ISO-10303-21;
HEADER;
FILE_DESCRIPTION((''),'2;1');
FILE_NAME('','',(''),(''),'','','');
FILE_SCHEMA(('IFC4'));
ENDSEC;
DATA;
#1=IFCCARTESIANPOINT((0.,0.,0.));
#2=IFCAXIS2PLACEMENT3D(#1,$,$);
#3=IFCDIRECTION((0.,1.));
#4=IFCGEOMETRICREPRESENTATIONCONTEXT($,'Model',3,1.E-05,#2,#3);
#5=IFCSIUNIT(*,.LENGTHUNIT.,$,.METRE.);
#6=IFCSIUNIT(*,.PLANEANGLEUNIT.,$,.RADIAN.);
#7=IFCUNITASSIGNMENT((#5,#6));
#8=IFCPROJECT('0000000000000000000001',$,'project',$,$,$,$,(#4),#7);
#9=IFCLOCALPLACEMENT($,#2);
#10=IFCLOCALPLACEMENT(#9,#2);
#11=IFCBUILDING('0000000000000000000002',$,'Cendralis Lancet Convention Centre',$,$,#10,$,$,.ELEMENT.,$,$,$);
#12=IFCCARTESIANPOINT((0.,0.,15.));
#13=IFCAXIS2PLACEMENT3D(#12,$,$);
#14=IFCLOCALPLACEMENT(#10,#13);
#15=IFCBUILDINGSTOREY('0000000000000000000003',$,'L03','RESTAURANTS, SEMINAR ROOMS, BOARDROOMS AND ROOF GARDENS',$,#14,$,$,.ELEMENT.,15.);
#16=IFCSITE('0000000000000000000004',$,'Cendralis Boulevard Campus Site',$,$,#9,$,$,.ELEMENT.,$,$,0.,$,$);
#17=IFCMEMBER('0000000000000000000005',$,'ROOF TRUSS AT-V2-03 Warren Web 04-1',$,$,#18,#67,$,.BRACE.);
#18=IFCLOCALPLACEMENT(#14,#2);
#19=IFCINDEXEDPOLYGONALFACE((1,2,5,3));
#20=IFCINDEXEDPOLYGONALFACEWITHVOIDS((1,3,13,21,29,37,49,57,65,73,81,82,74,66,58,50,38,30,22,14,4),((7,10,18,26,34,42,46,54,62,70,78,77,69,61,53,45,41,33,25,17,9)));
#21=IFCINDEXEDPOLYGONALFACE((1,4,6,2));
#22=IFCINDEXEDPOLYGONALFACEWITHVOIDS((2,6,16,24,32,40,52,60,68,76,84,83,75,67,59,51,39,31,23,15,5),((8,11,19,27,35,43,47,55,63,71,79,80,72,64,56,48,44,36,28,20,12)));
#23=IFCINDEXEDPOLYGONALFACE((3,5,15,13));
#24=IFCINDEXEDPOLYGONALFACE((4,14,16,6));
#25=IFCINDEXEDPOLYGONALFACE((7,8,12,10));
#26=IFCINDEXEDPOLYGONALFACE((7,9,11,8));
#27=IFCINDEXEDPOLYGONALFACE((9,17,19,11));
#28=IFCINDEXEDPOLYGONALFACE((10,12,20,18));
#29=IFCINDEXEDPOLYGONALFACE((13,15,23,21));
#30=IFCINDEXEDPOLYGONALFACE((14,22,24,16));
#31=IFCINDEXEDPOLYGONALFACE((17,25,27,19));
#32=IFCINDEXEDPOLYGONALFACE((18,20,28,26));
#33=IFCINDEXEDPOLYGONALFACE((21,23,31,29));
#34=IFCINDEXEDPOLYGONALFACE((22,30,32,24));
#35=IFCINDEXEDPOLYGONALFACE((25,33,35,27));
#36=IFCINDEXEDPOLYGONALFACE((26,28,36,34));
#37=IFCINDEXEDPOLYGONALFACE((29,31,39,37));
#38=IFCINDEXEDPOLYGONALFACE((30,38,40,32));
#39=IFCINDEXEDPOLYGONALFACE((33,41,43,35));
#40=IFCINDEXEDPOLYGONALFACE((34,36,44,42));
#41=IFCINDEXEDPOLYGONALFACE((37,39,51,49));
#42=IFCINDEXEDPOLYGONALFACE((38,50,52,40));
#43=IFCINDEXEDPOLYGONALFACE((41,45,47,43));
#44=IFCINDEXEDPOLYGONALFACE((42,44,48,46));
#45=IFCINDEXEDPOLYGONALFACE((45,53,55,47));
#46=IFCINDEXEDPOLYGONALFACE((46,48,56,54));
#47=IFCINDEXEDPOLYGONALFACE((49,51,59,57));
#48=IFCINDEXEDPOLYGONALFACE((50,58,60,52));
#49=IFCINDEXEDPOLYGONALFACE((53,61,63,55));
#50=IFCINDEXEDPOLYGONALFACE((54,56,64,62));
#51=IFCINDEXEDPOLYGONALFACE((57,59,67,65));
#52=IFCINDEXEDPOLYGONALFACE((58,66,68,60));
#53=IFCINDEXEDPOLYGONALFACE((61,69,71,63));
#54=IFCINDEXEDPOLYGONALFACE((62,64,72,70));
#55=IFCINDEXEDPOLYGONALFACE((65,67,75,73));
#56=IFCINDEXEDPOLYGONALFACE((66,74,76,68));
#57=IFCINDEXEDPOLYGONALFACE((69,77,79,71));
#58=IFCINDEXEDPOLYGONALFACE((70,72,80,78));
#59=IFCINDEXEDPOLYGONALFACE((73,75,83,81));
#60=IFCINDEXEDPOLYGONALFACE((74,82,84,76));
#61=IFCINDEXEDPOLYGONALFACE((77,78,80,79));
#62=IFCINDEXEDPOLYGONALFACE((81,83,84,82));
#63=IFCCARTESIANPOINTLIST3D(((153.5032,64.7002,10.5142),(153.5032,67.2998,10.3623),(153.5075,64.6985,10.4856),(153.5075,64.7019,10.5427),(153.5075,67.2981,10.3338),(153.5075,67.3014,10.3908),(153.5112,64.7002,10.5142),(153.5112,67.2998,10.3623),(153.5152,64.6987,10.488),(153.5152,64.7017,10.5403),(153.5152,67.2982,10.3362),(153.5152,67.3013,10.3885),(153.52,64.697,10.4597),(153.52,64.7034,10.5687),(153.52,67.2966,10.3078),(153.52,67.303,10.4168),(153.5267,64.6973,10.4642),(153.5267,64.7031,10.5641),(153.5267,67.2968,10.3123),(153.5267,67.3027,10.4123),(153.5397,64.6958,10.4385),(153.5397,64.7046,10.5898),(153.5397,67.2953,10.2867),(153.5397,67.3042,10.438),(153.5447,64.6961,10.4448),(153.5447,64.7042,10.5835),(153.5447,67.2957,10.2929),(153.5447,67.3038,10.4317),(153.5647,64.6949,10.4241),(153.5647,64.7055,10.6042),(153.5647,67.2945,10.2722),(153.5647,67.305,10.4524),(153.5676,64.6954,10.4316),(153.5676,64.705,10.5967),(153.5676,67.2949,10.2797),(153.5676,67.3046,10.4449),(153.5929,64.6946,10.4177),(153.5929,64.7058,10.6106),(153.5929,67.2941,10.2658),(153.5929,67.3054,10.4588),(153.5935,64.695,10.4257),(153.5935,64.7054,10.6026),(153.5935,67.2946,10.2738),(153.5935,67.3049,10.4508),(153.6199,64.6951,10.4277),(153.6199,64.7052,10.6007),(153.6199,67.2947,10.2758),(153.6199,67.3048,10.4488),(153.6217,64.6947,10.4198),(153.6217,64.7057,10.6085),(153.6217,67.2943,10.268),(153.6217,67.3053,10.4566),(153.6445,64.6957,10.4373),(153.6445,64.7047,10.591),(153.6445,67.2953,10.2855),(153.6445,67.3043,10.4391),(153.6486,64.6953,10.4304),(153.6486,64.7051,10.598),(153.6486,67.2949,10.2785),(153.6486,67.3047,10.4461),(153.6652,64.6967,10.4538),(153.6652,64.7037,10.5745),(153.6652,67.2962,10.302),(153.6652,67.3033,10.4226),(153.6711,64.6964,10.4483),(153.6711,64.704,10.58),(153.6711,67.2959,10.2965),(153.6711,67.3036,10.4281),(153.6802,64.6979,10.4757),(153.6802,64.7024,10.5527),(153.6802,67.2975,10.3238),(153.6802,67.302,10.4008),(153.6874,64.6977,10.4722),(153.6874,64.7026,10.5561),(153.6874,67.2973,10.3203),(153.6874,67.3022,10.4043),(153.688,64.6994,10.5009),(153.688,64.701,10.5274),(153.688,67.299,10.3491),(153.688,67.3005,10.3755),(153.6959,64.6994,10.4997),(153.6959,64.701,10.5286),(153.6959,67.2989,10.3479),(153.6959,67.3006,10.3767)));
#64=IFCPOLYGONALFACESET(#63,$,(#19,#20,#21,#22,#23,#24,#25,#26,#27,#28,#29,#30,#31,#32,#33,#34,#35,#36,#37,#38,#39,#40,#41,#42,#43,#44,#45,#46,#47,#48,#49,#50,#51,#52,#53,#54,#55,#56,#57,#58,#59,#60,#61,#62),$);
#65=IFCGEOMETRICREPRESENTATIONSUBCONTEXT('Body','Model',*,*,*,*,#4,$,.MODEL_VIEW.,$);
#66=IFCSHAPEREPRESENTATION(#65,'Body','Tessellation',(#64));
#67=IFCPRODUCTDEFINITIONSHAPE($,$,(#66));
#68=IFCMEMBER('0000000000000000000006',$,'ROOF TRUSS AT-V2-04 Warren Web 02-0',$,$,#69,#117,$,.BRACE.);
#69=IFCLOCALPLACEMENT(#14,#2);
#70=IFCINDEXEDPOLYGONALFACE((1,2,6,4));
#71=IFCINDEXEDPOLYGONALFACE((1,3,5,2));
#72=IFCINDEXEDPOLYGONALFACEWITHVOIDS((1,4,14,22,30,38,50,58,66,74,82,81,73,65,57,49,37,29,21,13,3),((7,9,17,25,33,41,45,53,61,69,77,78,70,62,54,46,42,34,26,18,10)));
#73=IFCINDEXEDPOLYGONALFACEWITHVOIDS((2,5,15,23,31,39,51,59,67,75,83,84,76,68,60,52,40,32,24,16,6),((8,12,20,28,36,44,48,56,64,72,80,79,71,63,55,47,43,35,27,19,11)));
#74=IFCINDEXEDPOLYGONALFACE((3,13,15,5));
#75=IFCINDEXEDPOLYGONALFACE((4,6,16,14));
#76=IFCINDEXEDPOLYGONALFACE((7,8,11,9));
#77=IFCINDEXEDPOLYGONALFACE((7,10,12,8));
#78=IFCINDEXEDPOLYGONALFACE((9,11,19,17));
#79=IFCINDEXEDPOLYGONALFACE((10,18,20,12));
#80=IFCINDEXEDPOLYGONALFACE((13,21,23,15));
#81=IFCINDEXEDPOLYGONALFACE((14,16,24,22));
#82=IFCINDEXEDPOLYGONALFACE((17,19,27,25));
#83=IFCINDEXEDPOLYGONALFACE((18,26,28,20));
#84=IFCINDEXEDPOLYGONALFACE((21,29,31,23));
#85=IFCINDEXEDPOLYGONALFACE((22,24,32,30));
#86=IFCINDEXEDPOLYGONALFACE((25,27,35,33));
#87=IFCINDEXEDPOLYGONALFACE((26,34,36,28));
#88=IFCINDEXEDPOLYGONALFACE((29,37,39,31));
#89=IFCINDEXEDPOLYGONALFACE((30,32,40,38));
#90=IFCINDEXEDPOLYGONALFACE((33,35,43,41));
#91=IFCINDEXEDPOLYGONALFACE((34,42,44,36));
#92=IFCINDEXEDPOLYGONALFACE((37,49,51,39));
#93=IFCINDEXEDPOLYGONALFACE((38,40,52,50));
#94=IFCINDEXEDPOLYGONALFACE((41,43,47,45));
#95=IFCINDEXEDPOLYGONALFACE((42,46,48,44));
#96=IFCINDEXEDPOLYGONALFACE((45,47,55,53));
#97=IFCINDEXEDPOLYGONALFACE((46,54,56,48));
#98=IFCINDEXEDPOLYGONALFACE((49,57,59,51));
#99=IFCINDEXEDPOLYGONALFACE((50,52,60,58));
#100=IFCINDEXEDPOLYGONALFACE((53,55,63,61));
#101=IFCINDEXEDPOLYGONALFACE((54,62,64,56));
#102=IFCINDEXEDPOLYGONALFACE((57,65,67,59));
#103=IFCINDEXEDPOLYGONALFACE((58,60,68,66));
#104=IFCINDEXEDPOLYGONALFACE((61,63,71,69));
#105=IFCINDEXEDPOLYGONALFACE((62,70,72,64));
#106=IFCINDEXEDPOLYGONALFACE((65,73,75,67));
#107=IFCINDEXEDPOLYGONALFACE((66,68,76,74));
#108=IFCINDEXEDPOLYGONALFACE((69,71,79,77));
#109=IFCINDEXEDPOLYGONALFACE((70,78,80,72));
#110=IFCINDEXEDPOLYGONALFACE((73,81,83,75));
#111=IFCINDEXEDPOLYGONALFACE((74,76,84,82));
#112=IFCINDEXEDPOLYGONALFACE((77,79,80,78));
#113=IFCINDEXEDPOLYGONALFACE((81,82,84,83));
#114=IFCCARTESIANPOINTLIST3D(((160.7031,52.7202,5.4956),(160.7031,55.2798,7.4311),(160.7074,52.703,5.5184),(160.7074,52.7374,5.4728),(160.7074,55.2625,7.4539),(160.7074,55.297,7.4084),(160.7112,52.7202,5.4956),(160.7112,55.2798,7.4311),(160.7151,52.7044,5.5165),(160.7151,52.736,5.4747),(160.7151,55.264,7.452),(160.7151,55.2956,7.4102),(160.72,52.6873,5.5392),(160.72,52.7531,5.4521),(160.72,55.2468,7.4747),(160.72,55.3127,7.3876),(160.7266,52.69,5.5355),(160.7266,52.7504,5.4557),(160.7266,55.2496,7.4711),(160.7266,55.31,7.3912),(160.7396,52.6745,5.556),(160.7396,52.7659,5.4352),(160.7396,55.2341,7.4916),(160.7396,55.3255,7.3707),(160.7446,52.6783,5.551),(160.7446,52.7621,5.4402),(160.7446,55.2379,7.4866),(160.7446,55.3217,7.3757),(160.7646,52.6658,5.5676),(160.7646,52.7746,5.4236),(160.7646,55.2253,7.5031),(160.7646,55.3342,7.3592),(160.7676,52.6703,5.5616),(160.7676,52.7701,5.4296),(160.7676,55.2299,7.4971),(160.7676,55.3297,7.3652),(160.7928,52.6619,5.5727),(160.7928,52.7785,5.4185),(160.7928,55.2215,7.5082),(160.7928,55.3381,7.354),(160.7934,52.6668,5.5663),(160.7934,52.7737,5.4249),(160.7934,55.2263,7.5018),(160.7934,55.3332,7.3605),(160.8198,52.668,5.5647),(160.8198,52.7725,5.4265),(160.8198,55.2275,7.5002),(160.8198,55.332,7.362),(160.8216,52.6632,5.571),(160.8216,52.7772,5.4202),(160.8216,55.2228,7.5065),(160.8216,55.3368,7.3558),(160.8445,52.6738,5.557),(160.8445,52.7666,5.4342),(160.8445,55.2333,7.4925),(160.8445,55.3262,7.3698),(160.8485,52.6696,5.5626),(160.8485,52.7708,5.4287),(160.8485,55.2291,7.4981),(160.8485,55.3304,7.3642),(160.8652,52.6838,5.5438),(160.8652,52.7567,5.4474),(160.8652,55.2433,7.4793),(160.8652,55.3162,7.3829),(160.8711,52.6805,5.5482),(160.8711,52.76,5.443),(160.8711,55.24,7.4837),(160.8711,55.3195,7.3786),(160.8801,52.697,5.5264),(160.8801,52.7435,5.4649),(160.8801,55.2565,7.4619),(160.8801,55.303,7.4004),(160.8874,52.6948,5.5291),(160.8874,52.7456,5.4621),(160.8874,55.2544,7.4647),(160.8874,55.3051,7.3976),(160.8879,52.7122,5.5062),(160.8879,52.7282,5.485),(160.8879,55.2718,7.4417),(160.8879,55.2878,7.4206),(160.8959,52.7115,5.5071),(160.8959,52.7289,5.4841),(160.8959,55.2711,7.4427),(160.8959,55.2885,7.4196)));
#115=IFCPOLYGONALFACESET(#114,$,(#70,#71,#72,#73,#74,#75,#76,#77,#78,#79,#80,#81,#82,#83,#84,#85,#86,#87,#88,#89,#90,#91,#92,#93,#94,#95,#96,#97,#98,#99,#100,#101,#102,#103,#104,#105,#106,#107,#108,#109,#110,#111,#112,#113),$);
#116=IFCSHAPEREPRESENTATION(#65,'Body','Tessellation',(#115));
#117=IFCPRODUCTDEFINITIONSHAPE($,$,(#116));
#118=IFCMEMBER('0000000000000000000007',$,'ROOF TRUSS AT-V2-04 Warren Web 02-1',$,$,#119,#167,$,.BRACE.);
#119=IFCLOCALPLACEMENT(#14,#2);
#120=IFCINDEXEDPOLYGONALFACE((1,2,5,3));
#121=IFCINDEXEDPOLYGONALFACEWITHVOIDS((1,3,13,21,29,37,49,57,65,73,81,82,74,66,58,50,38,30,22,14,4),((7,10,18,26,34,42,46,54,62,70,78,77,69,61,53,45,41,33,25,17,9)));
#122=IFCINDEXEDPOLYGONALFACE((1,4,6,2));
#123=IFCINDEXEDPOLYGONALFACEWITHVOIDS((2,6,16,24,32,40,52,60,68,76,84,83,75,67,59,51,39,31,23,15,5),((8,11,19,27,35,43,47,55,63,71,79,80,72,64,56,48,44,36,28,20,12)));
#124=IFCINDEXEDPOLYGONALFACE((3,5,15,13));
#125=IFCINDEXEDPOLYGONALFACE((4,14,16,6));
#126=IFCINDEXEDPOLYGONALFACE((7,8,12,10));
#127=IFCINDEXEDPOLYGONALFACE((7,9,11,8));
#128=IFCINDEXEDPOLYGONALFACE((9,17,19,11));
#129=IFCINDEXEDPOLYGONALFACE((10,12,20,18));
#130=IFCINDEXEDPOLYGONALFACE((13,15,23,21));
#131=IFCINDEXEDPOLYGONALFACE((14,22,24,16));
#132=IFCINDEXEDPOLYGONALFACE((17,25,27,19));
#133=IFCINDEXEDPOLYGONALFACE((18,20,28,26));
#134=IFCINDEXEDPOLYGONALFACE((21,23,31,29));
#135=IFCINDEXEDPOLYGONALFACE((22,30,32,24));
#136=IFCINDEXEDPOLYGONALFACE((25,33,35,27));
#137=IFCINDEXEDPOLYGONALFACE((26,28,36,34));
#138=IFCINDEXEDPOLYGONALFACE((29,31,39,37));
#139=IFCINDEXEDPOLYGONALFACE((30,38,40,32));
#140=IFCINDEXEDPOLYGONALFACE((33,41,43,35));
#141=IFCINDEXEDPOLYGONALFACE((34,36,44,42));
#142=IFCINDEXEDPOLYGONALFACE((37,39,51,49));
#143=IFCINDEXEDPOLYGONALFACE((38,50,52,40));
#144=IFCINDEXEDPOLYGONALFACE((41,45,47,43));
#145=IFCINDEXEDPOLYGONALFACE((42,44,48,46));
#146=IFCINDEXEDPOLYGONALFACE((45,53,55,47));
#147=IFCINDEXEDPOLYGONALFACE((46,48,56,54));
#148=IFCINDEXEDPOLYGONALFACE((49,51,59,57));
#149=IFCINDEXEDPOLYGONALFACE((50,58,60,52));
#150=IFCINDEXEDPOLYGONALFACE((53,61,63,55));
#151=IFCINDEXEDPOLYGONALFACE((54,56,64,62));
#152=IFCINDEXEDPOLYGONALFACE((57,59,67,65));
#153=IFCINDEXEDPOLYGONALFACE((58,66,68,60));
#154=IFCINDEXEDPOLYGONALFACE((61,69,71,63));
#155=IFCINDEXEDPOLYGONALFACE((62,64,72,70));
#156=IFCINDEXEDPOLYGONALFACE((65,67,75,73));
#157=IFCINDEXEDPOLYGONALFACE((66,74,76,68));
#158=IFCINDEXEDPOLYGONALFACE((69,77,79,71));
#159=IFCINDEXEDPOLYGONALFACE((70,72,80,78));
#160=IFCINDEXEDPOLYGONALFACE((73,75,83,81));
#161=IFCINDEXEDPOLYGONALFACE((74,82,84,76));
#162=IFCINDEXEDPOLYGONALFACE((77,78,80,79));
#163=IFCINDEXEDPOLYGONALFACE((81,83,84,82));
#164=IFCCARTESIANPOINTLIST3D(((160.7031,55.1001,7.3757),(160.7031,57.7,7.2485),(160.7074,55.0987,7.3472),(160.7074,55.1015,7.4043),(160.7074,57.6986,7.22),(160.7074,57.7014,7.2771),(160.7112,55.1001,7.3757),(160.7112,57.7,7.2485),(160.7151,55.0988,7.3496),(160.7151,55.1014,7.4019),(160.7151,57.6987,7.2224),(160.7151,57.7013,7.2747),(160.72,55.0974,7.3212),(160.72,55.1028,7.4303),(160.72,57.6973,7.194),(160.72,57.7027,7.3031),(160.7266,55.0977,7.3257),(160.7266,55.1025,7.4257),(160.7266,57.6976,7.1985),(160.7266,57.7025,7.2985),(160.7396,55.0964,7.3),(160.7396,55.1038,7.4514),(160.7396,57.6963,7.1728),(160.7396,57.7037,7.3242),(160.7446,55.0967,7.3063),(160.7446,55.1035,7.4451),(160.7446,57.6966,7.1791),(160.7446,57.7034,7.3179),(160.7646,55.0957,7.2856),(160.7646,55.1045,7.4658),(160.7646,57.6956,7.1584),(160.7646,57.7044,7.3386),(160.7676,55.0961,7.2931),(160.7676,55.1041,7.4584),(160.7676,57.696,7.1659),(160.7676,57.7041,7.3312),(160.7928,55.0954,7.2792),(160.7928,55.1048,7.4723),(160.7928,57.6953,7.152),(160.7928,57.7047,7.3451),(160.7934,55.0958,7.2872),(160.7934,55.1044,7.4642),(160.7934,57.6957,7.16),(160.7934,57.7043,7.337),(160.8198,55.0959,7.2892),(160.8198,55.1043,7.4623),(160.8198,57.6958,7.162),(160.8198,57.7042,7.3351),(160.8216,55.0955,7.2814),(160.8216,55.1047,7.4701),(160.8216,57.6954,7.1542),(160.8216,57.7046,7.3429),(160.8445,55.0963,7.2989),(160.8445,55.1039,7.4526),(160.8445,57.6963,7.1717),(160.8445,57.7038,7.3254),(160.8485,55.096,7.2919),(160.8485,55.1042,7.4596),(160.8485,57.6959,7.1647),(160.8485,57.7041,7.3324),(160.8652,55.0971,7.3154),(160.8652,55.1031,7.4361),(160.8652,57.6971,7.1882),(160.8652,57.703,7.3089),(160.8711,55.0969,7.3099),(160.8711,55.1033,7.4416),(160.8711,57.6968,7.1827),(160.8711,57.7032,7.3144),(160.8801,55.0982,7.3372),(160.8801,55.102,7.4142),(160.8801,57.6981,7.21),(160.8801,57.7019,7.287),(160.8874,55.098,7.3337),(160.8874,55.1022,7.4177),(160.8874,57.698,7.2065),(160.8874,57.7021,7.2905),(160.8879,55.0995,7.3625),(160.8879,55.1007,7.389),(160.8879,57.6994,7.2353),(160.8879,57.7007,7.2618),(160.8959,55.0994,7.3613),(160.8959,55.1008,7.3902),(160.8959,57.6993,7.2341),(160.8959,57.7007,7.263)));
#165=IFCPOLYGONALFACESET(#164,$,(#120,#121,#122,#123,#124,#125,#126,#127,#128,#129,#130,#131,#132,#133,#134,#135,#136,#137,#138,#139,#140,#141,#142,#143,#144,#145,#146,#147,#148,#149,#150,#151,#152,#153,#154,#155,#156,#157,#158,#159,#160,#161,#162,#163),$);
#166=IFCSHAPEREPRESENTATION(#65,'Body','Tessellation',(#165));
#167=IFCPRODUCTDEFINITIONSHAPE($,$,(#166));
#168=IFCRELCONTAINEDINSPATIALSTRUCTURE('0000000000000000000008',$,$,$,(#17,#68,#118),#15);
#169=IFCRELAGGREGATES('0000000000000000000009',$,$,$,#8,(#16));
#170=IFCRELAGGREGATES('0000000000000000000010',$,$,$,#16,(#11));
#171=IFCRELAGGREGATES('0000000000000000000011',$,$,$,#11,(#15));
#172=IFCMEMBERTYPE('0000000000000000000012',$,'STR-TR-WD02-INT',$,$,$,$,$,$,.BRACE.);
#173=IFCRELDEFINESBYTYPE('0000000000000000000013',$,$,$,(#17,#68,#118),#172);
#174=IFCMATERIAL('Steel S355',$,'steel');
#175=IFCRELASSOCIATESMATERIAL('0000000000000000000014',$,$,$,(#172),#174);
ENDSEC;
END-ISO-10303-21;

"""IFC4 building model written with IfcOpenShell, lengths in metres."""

from ifc_helpers import new_model, si_unit, direction, frame, origin, origin_2d, place, context, subcontext, project, spatial, hollow_circle, extrude, material, material_profile, profile_set, type_object, element, save


model = new_model("IFC4")

# Units and contexts
model_context = context("Model", 3, precision=1e-05, world=origin(), true_north=direction((0.0, 1.0)))
body_context = subcontext(model_context, "Body", "Model", "MODEL_VIEW")
ifc_project = project(units=[si_unit("LENGTHUNIT", "METRE"), si_unit("PLANEANGLEUNIT", "RADIAN")], contexts=[model_context])

# Site, building, storey
site_placement = place(None, origin())
site = spatial("IfcSite", under=ifc_project, at=site_placement, Name="Cendralis Boulevard Campus Site", CompositionType="ELEMENT", RefElevation=0.0)
building_placement = place(site_placement, origin())
building = spatial("IfcBuilding", under=site, at=building_placement, Name="Cendralis Lancet Convention Centre", CompositionType="ELEMENT")
storey_placement = place(building_placement, frame((0.0, 0.0, 15.0)))
storey = spatial("IfcBuildingStorey", under=building, at=storey_placement, Name="L03", Description="RESTAURANTS, SEMINAR ROOMS, BOARDROOMS AND ROOF GARDENS", CompositionType="ELEMENT", Elevation=15.0)

# Members
ifc_material = material(Name="Steel S355", Category="steel")
ifc_material_profile_1 = material_profile(ifc_material, hollow_circle(Radius=0.0969, WallThickness=0.0081, at=origin_2d()), Name="CHS 193.7x8.0")
ifc_profile_set_1 = profile_set([ifc_material_profile_1], Name="Steel S355")
member_type_1 = type_object("IfcMemberType", Name="STR-TR-WD02-INT", PredefinedType="BRACE", material=ifc_profile_set_1)
member_1_placement = place(storey_placement, frame((153.6001, 64.7002, 10.5142), z_axis=(0.0, 0.998298, -0.058315), x_axis=(-1.0, 0.0, 0.0)))
element("IfcMember", 1, at=member_1_placement, inside=storey, type_object=member_type_1, Name="ROOF TRUSS AT-V2-03 Warren Web 04-1", PredefinedType="BRACE", context=body_context, shape_type="SweptSolid", body=[
    extrude(hollow_circle(Radius=0.0969, WallThickness=0.0081, at=origin_2d()), origin(), (0.0, 0.0, 1.0), 2.604),
])
member_2_placement = place(storey_placement, frame((160.8, 52.7202, 5.4956), z_axis=(0.0, 0.79762, 0.60316), x_axis=(-1.0, 0.0, 0.0)))
element("IfcMember", 2, at=member_2_placement, inside=storey, type_object=member_type_1, Name="ROOF TRUSS AT-V2-04 Warren Web 02-0", PredefinedType="BRACE", context=body_context, shape_type="SweptSolid", body=[
    extrude(hollow_circle(Radius=0.0969, WallThickness=0.0081, at=origin_2d()), origin(), (0.0, 0.0, 1.0), 3.209),
])
member_3_placement = place(storey_placement, frame((160.8, 55.1001, 7.3757), z_axis=(0.0, 0.998805, -0.048866), x_axis=(-1.0, 0.0, 0.0)))
element("IfcMember", 3, at=member_3_placement, inside=storey, type_object=member_type_1, Name="ROOF TRUSS AT-V2-04 Warren Web 02-1", PredefinedType="BRACE", context=body_context, shape_type="SweptSolid", body=[
    extrude(hollow_circle(Radius=0.0969, WallThickness=0.0081, at=origin_2d()), origin(), (0.0, 0.0, 1.0), 2.603),
])

save(model, "model.ifc")
